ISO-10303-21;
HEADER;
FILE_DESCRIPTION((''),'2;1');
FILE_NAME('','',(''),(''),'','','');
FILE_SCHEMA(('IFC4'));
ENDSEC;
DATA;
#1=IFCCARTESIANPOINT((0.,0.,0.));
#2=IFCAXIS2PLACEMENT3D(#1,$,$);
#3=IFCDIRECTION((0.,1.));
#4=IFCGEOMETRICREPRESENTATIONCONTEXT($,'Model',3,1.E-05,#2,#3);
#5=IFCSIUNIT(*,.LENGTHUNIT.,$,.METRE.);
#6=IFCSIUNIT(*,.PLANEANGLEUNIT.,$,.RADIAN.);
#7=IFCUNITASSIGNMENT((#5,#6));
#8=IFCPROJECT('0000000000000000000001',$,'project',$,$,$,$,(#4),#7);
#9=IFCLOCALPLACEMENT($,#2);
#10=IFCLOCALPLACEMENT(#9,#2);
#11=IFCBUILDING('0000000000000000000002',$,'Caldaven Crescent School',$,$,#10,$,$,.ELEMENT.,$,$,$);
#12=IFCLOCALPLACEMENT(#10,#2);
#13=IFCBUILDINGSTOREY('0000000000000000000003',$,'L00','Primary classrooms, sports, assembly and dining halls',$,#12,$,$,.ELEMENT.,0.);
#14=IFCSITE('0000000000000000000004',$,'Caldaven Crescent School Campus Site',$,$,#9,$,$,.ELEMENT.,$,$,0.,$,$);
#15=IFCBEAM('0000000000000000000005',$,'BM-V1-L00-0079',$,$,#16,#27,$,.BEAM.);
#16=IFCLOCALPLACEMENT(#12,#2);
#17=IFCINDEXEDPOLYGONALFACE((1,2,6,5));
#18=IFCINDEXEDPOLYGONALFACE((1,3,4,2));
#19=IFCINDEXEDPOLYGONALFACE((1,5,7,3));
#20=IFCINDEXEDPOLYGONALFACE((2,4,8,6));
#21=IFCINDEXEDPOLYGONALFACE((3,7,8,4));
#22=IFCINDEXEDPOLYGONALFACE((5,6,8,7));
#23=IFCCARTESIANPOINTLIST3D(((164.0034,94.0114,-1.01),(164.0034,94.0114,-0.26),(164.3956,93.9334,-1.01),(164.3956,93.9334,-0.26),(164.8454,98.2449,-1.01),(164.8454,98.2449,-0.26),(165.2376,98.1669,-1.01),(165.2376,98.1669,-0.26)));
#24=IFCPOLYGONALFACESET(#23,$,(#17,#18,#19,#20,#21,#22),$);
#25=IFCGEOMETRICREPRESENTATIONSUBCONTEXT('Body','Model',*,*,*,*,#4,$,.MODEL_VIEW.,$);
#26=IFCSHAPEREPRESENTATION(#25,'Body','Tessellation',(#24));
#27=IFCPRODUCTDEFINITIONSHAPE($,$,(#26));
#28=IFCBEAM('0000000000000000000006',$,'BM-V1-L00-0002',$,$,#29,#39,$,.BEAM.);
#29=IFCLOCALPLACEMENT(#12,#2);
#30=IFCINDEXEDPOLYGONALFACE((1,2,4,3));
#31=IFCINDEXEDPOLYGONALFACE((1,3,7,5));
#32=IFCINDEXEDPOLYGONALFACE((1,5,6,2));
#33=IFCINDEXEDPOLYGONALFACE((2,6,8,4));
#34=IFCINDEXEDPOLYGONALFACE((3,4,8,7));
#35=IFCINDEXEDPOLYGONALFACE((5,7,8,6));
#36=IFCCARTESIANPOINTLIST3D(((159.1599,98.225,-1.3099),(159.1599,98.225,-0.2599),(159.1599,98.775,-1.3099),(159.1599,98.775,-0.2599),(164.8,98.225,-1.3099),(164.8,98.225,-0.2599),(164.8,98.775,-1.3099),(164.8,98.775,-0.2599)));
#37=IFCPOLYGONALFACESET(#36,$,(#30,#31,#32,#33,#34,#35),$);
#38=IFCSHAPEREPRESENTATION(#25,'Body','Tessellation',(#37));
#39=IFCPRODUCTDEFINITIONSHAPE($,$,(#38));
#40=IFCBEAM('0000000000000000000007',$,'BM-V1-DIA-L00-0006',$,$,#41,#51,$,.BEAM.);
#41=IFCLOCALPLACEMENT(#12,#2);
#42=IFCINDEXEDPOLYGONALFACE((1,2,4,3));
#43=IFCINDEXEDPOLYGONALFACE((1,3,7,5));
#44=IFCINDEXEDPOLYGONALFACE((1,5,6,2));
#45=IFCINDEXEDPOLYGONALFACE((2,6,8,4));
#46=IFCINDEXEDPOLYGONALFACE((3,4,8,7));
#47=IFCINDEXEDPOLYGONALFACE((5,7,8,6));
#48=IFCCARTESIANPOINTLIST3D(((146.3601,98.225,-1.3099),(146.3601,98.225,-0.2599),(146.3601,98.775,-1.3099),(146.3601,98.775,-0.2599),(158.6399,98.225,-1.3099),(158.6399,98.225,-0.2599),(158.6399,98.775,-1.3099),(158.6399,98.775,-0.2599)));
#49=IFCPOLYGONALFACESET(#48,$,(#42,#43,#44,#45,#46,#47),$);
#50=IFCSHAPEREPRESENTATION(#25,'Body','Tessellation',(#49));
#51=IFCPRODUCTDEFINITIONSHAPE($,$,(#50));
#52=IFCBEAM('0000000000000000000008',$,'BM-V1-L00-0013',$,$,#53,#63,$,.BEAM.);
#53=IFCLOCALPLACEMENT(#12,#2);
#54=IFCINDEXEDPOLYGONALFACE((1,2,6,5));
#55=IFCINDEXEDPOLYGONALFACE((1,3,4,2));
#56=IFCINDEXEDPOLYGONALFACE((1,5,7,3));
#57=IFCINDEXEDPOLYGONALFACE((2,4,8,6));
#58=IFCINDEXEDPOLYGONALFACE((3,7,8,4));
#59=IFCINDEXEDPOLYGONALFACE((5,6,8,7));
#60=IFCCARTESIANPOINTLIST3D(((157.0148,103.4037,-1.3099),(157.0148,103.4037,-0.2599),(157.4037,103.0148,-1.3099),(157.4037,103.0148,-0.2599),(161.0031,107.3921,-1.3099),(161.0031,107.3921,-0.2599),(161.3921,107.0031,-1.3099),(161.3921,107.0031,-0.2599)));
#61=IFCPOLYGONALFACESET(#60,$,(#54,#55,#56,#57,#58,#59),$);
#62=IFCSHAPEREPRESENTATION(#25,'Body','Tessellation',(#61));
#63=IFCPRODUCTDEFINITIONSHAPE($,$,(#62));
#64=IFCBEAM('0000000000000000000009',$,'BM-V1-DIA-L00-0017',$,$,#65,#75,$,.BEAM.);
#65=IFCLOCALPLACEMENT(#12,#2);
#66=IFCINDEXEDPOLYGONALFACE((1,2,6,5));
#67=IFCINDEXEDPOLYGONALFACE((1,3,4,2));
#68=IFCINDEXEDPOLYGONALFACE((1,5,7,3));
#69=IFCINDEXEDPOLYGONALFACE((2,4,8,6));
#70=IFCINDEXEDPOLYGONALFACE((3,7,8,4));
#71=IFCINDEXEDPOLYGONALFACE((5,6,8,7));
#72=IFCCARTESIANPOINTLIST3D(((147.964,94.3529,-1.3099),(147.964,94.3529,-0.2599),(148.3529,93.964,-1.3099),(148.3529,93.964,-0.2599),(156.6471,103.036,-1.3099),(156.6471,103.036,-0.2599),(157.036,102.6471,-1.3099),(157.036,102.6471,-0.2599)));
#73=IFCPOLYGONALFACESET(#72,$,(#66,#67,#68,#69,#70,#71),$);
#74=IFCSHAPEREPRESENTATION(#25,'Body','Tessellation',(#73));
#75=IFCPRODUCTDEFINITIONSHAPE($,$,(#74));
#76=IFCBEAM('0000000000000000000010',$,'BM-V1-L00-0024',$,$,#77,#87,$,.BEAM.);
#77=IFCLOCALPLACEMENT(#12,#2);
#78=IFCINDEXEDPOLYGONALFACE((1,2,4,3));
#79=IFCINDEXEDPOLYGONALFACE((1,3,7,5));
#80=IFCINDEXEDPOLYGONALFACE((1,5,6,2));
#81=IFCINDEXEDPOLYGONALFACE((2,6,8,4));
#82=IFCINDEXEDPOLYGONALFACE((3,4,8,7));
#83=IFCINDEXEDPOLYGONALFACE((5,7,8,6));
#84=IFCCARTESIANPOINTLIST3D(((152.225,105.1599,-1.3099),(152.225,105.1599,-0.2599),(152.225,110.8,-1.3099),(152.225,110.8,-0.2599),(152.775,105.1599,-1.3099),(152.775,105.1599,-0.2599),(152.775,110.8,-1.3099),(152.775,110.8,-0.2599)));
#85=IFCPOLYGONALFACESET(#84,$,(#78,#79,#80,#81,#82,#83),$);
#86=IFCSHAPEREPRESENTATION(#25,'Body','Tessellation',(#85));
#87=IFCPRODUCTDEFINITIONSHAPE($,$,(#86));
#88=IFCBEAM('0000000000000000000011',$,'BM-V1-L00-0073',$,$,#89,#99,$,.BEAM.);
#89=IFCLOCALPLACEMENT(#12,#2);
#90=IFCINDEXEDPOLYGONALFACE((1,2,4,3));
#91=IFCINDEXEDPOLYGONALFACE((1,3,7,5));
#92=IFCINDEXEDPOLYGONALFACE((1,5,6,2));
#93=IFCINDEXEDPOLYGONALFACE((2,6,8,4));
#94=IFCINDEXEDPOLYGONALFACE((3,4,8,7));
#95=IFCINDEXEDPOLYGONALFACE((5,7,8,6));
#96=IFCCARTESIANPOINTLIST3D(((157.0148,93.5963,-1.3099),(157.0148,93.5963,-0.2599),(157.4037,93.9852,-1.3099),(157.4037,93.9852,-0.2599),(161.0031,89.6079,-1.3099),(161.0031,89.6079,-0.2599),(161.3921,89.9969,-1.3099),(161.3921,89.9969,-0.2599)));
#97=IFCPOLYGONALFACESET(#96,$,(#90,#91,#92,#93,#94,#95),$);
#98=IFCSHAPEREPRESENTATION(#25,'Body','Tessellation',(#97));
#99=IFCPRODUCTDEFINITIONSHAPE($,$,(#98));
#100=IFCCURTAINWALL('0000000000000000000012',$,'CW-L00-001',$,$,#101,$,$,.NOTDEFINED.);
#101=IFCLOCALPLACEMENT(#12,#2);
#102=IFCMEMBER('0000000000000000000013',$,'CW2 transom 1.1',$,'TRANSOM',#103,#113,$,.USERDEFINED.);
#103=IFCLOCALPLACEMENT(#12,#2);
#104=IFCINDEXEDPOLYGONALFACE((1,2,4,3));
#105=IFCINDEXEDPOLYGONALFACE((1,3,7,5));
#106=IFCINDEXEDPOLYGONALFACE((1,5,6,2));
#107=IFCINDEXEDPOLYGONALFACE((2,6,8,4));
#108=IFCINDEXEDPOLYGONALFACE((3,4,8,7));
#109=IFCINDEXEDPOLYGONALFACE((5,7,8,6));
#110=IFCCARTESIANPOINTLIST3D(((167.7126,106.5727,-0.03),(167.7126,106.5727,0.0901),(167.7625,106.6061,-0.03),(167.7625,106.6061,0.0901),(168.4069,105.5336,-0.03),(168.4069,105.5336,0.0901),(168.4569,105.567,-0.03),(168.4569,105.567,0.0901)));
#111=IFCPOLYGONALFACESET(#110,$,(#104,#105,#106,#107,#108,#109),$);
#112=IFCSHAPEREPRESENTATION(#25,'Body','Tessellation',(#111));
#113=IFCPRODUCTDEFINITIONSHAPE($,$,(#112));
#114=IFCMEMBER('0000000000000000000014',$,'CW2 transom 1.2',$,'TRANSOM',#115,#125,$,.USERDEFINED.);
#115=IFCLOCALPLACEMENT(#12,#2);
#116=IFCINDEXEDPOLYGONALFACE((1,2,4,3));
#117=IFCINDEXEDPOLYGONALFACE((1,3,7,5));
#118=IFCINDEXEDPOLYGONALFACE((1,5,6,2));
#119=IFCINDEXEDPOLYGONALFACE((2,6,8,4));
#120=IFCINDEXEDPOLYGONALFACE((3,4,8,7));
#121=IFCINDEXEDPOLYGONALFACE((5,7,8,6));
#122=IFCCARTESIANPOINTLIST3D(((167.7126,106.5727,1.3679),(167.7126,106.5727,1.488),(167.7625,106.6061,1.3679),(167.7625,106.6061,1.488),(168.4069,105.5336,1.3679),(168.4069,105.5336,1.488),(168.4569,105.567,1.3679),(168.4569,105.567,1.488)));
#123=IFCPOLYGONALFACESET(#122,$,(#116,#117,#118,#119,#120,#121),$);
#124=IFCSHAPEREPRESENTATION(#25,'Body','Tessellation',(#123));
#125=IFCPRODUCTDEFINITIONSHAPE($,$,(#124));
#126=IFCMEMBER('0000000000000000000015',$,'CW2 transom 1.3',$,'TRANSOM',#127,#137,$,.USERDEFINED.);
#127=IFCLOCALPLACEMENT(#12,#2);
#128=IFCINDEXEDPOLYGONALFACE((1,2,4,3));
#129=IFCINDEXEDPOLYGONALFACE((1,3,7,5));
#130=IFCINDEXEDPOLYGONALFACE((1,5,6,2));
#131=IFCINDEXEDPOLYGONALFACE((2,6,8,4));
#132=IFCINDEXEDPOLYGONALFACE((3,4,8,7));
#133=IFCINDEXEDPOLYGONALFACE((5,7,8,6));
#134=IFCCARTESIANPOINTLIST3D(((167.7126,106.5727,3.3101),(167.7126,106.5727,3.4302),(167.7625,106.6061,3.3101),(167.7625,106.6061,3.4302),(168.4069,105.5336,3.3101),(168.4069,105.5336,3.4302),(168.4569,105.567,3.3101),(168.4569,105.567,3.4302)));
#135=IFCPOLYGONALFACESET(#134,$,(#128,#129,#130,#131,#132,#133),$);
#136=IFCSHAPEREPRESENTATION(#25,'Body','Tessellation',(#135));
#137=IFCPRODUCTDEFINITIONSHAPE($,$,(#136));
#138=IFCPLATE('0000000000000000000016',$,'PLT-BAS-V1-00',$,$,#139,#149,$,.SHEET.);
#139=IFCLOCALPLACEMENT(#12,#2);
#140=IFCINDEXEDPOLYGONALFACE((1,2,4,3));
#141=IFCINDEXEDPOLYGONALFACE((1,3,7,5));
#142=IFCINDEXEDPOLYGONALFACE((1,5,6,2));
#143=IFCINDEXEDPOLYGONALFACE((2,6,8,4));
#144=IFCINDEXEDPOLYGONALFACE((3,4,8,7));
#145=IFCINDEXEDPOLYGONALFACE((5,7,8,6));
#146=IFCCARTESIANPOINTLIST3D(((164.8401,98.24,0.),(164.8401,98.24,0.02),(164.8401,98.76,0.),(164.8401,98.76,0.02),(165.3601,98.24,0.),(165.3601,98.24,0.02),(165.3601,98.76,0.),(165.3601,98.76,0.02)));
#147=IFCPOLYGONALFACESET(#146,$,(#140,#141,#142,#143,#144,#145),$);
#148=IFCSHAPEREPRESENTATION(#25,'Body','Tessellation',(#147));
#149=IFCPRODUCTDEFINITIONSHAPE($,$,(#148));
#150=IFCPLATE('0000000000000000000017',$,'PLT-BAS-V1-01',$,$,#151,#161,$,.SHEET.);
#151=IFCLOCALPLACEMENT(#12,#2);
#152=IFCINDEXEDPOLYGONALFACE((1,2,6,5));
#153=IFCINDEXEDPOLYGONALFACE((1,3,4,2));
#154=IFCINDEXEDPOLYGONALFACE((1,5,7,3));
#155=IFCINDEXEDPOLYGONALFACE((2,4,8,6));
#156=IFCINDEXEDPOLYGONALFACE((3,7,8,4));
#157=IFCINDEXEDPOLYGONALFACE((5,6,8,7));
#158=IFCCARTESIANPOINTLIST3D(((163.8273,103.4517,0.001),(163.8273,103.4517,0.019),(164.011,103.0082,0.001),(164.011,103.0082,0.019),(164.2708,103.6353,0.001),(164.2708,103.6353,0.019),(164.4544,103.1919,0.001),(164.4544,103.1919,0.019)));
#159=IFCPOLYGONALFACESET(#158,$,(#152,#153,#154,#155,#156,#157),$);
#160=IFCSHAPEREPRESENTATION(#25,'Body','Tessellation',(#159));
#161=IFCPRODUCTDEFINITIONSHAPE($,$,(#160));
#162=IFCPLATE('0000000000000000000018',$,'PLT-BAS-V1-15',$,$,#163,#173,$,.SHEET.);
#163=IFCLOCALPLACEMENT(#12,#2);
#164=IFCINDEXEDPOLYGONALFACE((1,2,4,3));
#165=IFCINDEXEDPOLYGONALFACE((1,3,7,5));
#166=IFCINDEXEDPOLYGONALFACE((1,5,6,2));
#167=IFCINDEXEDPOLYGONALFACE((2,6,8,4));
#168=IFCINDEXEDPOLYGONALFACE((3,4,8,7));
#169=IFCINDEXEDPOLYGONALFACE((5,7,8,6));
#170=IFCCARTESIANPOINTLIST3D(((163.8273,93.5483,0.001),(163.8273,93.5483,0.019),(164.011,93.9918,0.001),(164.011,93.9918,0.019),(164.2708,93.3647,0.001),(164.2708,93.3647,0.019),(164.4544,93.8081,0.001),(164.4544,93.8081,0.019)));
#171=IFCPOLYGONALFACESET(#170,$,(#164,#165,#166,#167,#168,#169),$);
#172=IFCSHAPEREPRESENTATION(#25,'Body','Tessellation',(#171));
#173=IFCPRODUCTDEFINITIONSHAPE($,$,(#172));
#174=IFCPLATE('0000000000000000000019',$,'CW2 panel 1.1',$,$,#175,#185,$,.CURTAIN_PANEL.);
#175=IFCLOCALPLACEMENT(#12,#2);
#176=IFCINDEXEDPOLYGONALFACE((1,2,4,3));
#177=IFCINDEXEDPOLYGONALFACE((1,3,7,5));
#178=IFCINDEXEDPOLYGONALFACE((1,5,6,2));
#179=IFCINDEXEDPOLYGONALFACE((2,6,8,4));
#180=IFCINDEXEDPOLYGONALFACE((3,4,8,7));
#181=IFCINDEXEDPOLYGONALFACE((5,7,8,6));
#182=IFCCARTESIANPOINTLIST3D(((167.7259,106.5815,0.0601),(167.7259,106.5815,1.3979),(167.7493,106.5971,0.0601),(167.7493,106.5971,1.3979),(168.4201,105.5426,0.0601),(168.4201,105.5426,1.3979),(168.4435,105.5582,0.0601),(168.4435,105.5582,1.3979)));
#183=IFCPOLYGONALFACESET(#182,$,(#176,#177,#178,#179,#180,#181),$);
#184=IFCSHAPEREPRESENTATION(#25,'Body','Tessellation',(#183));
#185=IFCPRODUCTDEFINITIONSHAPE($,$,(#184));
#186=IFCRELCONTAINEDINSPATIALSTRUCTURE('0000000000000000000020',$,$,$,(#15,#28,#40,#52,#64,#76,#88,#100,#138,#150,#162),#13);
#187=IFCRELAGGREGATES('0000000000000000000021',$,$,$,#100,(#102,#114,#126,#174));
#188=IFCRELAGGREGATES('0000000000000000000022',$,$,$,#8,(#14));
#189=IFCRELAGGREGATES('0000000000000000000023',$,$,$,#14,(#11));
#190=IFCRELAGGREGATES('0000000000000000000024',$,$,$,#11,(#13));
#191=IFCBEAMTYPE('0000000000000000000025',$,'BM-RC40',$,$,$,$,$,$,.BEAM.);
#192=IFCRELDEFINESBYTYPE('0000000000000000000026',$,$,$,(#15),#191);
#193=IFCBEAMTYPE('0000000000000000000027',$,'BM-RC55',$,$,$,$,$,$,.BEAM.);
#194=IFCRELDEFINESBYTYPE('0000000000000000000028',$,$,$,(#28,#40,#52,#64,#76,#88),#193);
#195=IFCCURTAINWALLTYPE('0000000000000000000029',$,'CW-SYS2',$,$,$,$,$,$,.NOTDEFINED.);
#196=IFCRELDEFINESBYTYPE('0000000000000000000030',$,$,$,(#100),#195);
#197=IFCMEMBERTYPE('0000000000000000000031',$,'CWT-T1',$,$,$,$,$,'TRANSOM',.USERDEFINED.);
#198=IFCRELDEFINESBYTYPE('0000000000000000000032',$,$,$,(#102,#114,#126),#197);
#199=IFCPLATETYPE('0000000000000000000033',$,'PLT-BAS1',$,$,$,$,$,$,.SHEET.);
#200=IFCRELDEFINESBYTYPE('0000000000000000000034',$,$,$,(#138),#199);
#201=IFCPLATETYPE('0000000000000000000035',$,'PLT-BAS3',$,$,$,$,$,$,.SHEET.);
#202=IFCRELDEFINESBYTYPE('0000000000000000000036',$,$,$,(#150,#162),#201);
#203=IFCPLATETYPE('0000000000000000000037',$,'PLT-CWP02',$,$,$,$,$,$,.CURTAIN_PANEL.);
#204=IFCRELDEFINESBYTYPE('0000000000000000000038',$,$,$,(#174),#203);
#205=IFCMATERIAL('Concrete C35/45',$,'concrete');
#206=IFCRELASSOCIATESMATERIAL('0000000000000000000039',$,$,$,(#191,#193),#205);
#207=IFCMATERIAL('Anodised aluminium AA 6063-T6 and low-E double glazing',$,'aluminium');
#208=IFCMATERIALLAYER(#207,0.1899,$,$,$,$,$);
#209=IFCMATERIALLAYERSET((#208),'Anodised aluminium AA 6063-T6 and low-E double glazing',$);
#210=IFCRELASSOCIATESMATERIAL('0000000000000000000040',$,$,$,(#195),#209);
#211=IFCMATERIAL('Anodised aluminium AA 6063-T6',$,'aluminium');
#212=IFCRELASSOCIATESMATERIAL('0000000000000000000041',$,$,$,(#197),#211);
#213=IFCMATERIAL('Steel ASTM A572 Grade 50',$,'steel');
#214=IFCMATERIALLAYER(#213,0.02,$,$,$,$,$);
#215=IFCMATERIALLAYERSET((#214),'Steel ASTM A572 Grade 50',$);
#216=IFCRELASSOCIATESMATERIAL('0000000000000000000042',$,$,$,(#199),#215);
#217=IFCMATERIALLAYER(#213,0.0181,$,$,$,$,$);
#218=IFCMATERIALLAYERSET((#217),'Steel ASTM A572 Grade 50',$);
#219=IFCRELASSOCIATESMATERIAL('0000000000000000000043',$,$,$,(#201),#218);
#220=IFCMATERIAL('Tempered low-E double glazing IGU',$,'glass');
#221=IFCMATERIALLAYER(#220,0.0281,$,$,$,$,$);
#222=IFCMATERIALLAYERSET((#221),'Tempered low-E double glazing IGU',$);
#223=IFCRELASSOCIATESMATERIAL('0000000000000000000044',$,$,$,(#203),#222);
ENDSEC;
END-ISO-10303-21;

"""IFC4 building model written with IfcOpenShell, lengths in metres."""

from ifc_helpers import new_model, si_unit, direction, frame, origin, origin_2d, place, context, subcontext, project, spatial, rectangle, extrude, material, layer, layer_set, material_profile, profile_set, type_object, element, aggregate, save


model = new_model("IFC4")

# Units and contexts
model_context = context("Model", 3, precision=1e-05, world=origin(), true_north=direction((0.0, 1.0)))
body_context = subcontext(model_context, "Body", "Model", "MODEL_VIEW")
ifc_project = project(units=[si_unit("LENGTHUNIT", "METRE"), si_unit("PLANEANGLEUNIT", "RADIAN")], contexts=[model_context])

# Site, building, storey
site_placement = place(None, origin())
site = spatial("IfcSite", under=ifc_project, at=site_placement, Name="Caldaven Crescent School Campus Site", CompositionType="ELEMENT", RefElevation=0.0)
building_placement = place(site_placement, origin())
building = spatial("IfcBuilding", under=site, at=building_placement, Name="Caldaven Crescent School", CompositionType="ELEMENT")
storey_placement = place(building_placement, origin())
storey = spatial("IfcBuildingStorey", under=building, at=storey_placement, Name="L00", Description="Primary classrooms, sports, assembly and dining halls", CompositionType="ELEMENT", Elevation=0.0)

# Beams
ifc_material_1 = material(Name="Concrete C35/45", Category="concrete")
ifc_material_profile_1 = material_profile(ifc_material_1, rectangle(XDim=0.3999, YDim=0.75, at=origin_2d()), Name="RC 400x750")
ifc_profile_set_1 = profile_set([ifc_material_profile_1], Name="Concrete C35/45")
beam_type_1 = type_object("IfcBeamType", Name="BM-RC40", PredefinedType="BEAM", material=ifc_profile_set_1)
beam_1_placement = place(storey_placement, frame((164.1995, 93.9724, -0.635), z_axis=(0.195083, 0.980787, 0.0), x_axis=(-0.980787, 0.195083, 0.0)))
element("IfcBeam", 1, at=beam_1_placement, inside=storey, type_object=beam_type_1, Name="BM-V1-L00-0079", PredefinedType="BEAM", context=body_context, shape_type="SweptSolid", body=[
    extrude(rectangle(XDim=0.3999, YDim=0.75, at=origin_2d()), origin(), (0.0, 0.0, 1.0), 4.3164),
])
ifc_material_profile_2 = material_profile(ifc_material_1, rectangle(XDim=0.55, YDim=1.05, at=origin_2d()), Name="RC 550x1050")
ifc_profile_set_2 = profile_set([ifc_material_profile_2], Name="Concrete C35/45")
beam_type_2 = type_object("IfcBeamType", Name="BM-RC55", PredefinedType="BEAM", material=ifc_profile_set_2)
beam_2_placement = place(storey_placement, frame((159.1599, 98.5, -0.7849), z_axis=(1.0, 0.0, 0.0), x_axis=(0.0, 1.0, 0.0)))
element("IfcBeam", 2, at=beam_2_placement, inside=storey, type_object=beam_type_2, Name="BM-V1-L00-0002", PredefinedType="BEAM", context=body_context, shape_type="SweptSolid", body=[
    extrude(rectangle(XDim=0.55, YDim=1.05, at=origin_2d()), origin(), (0.0, 0.0, 1.0), 5.6401),
])
beam_3_placement = place(storey_placement, frame((158.6399, 98.5, -0.7849), z_axis=(-1.0, 0.0, 0.0), x_axis=(0.0, -1.0, 0.0)))
element("IfcBeam", 3, at=beam_3_placement, inside=storey, type_object=beam_type_2, Name="BM-V1-DIA-L00-0006", PredefinedType="BEAM", context=body_context, shape_type="SweptSolid", body=[
    extrude(rectangle(XDim=0.55, YDim=1.05, at=origin_2d()), origin(), (0.0, 0.0, 1.0), 12.2798),
])
beam_4_placement = place(storey_placement, frame((157.2092, 103.2092, -0.7849), z_axis=(0.707107, 0.707107, 0.0), x_axis=(-0.707107, 0.707107, 0.0)))
element("IfcBeam", 4, at=beam_4_placement, inside=storey, type_object=beam_type_2, Name="BM-V1-L00-0013", PredefinedType="BEAM", context=body_context, shape_type="SweptSolid", body=[
    extrude(rectangle(XDim=0.55, YDim=1.05, at=origin_2d()), origin(), (0.0, 0.0, 1.0), 5.6404),
])
beam_5_placement = place(storey_placement, frame((156.8416, 102.8416, -0.7849), z_axis=(-0.707107, -0.707107, 0.0), x_axis=(0.707107, -0.707107, 0.0)))
element("IfcBeam", 5, at=beam_5_placement, inside=storey, type_object=beam_type_2, Name="BM-V1-DIA-L00-0017", PredefinedType="BEAM", context=body_context, shape_type="SweptSolid", body=[
    extrude(rectangle(XDim=0.55, YDim=1.05, at=origin_2d()), origin(), (0.0, 0.0, 1.0), 12.2798),
])
beam_6_placement = place(storey_placement, frame((152.5, 105.1599, -0.7849), z_axis=(0.0, 1.0, 0.0), x_axis=(-1.0, 0.0, 0.0)))
element("IfcBeam", 6, at=beam_6_placement, inside=storey, type_object=beam_type_2, Name="BM-V1-L00-0024", PredefinedType="BEAM", context=body_context, shape_type="SweptSolid", body=[
    extrude(rectangle(XDim=0.55, YDim=1.05, at=origin_2d()), origin(), (0.0, 0.0, 1.0), 5.6401),
])
beam_7_placement = place(storey_placement, frame((157.2092, 93.7908, -0.7849), z_axis=(0.707107, -0.707107, 0.0), x_axis=(0.707107, 0.707107, 0.0)))
element("IfcBeam", 7, at=beam_7_placement, inside=storey, type_object=beam_type_2, Name="BM-V1-L00-0073", PredefinedType="BEAM", context=body_context, shape_type="SweptSolid", body=[
    extrude(rectangle(XDim=0.55, YDim=1.05, at=origin_2d()), origin(), (0.0, 0.0, 1.0), 5.6404),
])

# Curtain wall, members
ifc_material_2 = material(Name="Anodised aluminium AA 6063-T6 and low-E double glazing", Category="aluminium")
ifc_layer_1 = layer(ifc_material_2, 0.1899)
ifc_layer_set_1 = layer_set([ifc_layer_1], Name="Anodised aluminium AA 6063-T6 and low-E double glazing")
curtain_wall_type = type_object("IfcCurtainWallType", Name="CW-SYS2", PredefinedType="NOTDEFINED", material=ifc_layer_set_1)
curtain_wall_placement = place(storey_placement, origin())
curtain_wall = element("IfcCurtainWall", 8, at=curtain_wall_placement, inside=storey, type_object=curtain_wall_type, Name="CW-L00-001", PredefinedType="NOTDEFINED")
ifc_material_3 = material(Name="Anodised aluminium AA 6063-T6", Category="aluminium")
ifc_material_profile_3 = material_profile(ifc_material_3, rectangle(XDim=0.0601, YDim=0.1201, at=origin_2d()), Name="CWT 60x120")
ifc_profile_set_3 = profile_set([ifc_material_profile_3], Name="Anodised aluminium AA 6063-T6")
member_type = type_object("IfcMemberType", Name="CWT-T1", ElementType="TRANSOM", PredefinedType="USERDEFINED", material=ifc_profile_set_3)
member_1_placement = place(storey_placement, frame((168.4319, 105.5503, 0.03), z_axis=(-0.555602, 0.831449, 0.0), x_axis=(-0.831449, -0.555602, 0.0)))
member_1 = element("IfcMember", 9, at=member_1_placement, type_object=member_type, Name="CW2 transom 1.1", ObjectType="TRANSOM", PredefinedType="USERDEFINED", context=body_context, shape_type="SweptSolid", body=[
    extrude(rectangle(XDim=0.0601, YDim=0.1201, at=origin_2d()), origin(), (0.0, 0.0, 1.0), 1.2498),
])
member_2_placement = place(storey_placement, frame((168.4319, 105.5503, 1.428), z_axis=(-0.555602, 0.831449, 0.0), x_axis=(-0.831449, -0.555602, 0.0)))
member_2 = element("IfcMember", 10, at=member_2_placement, type_object=member_type, Name="CW2 transom 1.2", ObjectType="TRANSOM", PredefinedType="USERDEFINED", context=body_context, shape_type="SweptSolid", body=[
    extrude(rectangle(XDim=0.0601, YDim=0.1201, at=origin_2d()), origin(), (0.0, 0.0, 1.0), 1.2498),
])
member_3_placement = place(storey_placement, frame((168.4319, 105.5503, 3.3701), z_axis=(-0.555602, 0.831449, 0.0), x_axis=(-0.831449, -0.555602, 0.0)))
member_3 = element("IfcMember", 11, at=member_3_placement, type_object=member_type, Name="CW2 transom 1.3", ObjectType="TRANSOM", PredefinedType="USERDEFINED", context=body_context, shape_type="SweptSolid", body=[
    extrude(rectangle(XDim=0.0601, YDim=0.1201, at=origin_2d()), origin(), (0.0, 0.0, 1.0), 1.2498),
])

# Plates
ifc_material_4 = material(Name="Steel ASTM A572 Grade 50", Category="steel")
ifc_layer_2 = layer(ifc_material_4, 0.02)
ifc_layer_set_2 = layer_set([ifc_layer_2], Name="Steel ASTM A572 Grade 50")
plate_type_1 = type_object("IfcPlateType", Name="PLT-BAS1", PredefinedType="SHEET", material=ifc_layer_set_2)
plate_1_placement = place(storey_placement, frame((165.1001, 98.5, 0.0), z_axis=(0.0, 0.0, 1.0), x_axis=(1.0, 0.0, 0.0)))
element("IfcPlate", 12, at=plate_1_placement, inside=storey, type_object=plate_type_1, Name="PLT-BAS-V1-00", PredefinedType="SHEET", context=body_context, shape_type="SweptSolid", body=[
    extrude(rectangle(XDim=0.52, YDim=0.52, at=origin_2d()), origin(), (0.0, 0.0, 1.0), 0.02),
])
ifc_layer_3 = layer(ifc_material_4, 0.0181)
ifc_layer_set_3 = layer_set([ifc_layer_3], Name="Steel ASTM A572 Grade 50")
plate_type_2 = type_object("IfcPlateType", Name="PLT-BAS3", PredefinedType="SHEET", material=ifc_layer_set_3)
for number, where, z_axis, x_axis, name in (
    (13, (164.1409, 103.3218, 0.001), (0.0, 0.0, 1.0), (0.92388, 0.382683, 0.0), "PLT-BAS-V1-01"),
    (14, (164.1409, 93.6782, 0.001), (0.0, 0.0, 1.0), (0.92388, -0.382683, 0.0), "PLT-BAS-V1-15"),
):
    element("IfcPlate", number, at=place(storey_placement, frame(where, z_axis=z_axis, x_axis=x_axis)), inside=storey, type_object=plate_type_2, Name=name, PredefinedType="SHEET", context=body_context, shape_type="SweptSolid", body=[
        extrude(rectangle(XDim=0.48, YDim=0.48, at=origin_2d()), origin(), (0.0, 0.0, 1.0), 0.0181),
    ])

# Plate
ifc_material_5 = material(Name="Tempered low-E double glazing IGU", Category="glass")
ifc_layer_4 = layer(ifc_material_5, 0.0281)
ifc_layer_set_4 = layer_set([ifc_layer_4], Name="Tempered low-E double glazing IGU")
plate_type_3 = type_object("IfcPlateType", Name="PLT-CWP02", PredefinedType="CURTAIN_PANEL", material=ifc_layer_set_4)
plate_2_placement = place(storey_placement, frame((168.0847, 106.0698, 0.0601), z_axis=(0.0, 0.0, 1.0), x_axis=(-0.555569, 0.83147, 0.0)))
plate_2 = element("IfcPlate", 15, at=plate_2_placement, type_object=plate_type_3, Name="CW2 panel 1.1", PredefinedType="CURTAIN_PANEL", context=body_context, shape_type="SweptSolid", body=[
    extrude(rectangle(XDim=1.2495, YDim=0.0281, at=origin_2d()), origin(), (0.0, 0.0, 1.0), 1.3379),
])
aggregate(curtain_wall, [member_1, member_2, member_3, plate_2])

save(model, "model.ifc")
